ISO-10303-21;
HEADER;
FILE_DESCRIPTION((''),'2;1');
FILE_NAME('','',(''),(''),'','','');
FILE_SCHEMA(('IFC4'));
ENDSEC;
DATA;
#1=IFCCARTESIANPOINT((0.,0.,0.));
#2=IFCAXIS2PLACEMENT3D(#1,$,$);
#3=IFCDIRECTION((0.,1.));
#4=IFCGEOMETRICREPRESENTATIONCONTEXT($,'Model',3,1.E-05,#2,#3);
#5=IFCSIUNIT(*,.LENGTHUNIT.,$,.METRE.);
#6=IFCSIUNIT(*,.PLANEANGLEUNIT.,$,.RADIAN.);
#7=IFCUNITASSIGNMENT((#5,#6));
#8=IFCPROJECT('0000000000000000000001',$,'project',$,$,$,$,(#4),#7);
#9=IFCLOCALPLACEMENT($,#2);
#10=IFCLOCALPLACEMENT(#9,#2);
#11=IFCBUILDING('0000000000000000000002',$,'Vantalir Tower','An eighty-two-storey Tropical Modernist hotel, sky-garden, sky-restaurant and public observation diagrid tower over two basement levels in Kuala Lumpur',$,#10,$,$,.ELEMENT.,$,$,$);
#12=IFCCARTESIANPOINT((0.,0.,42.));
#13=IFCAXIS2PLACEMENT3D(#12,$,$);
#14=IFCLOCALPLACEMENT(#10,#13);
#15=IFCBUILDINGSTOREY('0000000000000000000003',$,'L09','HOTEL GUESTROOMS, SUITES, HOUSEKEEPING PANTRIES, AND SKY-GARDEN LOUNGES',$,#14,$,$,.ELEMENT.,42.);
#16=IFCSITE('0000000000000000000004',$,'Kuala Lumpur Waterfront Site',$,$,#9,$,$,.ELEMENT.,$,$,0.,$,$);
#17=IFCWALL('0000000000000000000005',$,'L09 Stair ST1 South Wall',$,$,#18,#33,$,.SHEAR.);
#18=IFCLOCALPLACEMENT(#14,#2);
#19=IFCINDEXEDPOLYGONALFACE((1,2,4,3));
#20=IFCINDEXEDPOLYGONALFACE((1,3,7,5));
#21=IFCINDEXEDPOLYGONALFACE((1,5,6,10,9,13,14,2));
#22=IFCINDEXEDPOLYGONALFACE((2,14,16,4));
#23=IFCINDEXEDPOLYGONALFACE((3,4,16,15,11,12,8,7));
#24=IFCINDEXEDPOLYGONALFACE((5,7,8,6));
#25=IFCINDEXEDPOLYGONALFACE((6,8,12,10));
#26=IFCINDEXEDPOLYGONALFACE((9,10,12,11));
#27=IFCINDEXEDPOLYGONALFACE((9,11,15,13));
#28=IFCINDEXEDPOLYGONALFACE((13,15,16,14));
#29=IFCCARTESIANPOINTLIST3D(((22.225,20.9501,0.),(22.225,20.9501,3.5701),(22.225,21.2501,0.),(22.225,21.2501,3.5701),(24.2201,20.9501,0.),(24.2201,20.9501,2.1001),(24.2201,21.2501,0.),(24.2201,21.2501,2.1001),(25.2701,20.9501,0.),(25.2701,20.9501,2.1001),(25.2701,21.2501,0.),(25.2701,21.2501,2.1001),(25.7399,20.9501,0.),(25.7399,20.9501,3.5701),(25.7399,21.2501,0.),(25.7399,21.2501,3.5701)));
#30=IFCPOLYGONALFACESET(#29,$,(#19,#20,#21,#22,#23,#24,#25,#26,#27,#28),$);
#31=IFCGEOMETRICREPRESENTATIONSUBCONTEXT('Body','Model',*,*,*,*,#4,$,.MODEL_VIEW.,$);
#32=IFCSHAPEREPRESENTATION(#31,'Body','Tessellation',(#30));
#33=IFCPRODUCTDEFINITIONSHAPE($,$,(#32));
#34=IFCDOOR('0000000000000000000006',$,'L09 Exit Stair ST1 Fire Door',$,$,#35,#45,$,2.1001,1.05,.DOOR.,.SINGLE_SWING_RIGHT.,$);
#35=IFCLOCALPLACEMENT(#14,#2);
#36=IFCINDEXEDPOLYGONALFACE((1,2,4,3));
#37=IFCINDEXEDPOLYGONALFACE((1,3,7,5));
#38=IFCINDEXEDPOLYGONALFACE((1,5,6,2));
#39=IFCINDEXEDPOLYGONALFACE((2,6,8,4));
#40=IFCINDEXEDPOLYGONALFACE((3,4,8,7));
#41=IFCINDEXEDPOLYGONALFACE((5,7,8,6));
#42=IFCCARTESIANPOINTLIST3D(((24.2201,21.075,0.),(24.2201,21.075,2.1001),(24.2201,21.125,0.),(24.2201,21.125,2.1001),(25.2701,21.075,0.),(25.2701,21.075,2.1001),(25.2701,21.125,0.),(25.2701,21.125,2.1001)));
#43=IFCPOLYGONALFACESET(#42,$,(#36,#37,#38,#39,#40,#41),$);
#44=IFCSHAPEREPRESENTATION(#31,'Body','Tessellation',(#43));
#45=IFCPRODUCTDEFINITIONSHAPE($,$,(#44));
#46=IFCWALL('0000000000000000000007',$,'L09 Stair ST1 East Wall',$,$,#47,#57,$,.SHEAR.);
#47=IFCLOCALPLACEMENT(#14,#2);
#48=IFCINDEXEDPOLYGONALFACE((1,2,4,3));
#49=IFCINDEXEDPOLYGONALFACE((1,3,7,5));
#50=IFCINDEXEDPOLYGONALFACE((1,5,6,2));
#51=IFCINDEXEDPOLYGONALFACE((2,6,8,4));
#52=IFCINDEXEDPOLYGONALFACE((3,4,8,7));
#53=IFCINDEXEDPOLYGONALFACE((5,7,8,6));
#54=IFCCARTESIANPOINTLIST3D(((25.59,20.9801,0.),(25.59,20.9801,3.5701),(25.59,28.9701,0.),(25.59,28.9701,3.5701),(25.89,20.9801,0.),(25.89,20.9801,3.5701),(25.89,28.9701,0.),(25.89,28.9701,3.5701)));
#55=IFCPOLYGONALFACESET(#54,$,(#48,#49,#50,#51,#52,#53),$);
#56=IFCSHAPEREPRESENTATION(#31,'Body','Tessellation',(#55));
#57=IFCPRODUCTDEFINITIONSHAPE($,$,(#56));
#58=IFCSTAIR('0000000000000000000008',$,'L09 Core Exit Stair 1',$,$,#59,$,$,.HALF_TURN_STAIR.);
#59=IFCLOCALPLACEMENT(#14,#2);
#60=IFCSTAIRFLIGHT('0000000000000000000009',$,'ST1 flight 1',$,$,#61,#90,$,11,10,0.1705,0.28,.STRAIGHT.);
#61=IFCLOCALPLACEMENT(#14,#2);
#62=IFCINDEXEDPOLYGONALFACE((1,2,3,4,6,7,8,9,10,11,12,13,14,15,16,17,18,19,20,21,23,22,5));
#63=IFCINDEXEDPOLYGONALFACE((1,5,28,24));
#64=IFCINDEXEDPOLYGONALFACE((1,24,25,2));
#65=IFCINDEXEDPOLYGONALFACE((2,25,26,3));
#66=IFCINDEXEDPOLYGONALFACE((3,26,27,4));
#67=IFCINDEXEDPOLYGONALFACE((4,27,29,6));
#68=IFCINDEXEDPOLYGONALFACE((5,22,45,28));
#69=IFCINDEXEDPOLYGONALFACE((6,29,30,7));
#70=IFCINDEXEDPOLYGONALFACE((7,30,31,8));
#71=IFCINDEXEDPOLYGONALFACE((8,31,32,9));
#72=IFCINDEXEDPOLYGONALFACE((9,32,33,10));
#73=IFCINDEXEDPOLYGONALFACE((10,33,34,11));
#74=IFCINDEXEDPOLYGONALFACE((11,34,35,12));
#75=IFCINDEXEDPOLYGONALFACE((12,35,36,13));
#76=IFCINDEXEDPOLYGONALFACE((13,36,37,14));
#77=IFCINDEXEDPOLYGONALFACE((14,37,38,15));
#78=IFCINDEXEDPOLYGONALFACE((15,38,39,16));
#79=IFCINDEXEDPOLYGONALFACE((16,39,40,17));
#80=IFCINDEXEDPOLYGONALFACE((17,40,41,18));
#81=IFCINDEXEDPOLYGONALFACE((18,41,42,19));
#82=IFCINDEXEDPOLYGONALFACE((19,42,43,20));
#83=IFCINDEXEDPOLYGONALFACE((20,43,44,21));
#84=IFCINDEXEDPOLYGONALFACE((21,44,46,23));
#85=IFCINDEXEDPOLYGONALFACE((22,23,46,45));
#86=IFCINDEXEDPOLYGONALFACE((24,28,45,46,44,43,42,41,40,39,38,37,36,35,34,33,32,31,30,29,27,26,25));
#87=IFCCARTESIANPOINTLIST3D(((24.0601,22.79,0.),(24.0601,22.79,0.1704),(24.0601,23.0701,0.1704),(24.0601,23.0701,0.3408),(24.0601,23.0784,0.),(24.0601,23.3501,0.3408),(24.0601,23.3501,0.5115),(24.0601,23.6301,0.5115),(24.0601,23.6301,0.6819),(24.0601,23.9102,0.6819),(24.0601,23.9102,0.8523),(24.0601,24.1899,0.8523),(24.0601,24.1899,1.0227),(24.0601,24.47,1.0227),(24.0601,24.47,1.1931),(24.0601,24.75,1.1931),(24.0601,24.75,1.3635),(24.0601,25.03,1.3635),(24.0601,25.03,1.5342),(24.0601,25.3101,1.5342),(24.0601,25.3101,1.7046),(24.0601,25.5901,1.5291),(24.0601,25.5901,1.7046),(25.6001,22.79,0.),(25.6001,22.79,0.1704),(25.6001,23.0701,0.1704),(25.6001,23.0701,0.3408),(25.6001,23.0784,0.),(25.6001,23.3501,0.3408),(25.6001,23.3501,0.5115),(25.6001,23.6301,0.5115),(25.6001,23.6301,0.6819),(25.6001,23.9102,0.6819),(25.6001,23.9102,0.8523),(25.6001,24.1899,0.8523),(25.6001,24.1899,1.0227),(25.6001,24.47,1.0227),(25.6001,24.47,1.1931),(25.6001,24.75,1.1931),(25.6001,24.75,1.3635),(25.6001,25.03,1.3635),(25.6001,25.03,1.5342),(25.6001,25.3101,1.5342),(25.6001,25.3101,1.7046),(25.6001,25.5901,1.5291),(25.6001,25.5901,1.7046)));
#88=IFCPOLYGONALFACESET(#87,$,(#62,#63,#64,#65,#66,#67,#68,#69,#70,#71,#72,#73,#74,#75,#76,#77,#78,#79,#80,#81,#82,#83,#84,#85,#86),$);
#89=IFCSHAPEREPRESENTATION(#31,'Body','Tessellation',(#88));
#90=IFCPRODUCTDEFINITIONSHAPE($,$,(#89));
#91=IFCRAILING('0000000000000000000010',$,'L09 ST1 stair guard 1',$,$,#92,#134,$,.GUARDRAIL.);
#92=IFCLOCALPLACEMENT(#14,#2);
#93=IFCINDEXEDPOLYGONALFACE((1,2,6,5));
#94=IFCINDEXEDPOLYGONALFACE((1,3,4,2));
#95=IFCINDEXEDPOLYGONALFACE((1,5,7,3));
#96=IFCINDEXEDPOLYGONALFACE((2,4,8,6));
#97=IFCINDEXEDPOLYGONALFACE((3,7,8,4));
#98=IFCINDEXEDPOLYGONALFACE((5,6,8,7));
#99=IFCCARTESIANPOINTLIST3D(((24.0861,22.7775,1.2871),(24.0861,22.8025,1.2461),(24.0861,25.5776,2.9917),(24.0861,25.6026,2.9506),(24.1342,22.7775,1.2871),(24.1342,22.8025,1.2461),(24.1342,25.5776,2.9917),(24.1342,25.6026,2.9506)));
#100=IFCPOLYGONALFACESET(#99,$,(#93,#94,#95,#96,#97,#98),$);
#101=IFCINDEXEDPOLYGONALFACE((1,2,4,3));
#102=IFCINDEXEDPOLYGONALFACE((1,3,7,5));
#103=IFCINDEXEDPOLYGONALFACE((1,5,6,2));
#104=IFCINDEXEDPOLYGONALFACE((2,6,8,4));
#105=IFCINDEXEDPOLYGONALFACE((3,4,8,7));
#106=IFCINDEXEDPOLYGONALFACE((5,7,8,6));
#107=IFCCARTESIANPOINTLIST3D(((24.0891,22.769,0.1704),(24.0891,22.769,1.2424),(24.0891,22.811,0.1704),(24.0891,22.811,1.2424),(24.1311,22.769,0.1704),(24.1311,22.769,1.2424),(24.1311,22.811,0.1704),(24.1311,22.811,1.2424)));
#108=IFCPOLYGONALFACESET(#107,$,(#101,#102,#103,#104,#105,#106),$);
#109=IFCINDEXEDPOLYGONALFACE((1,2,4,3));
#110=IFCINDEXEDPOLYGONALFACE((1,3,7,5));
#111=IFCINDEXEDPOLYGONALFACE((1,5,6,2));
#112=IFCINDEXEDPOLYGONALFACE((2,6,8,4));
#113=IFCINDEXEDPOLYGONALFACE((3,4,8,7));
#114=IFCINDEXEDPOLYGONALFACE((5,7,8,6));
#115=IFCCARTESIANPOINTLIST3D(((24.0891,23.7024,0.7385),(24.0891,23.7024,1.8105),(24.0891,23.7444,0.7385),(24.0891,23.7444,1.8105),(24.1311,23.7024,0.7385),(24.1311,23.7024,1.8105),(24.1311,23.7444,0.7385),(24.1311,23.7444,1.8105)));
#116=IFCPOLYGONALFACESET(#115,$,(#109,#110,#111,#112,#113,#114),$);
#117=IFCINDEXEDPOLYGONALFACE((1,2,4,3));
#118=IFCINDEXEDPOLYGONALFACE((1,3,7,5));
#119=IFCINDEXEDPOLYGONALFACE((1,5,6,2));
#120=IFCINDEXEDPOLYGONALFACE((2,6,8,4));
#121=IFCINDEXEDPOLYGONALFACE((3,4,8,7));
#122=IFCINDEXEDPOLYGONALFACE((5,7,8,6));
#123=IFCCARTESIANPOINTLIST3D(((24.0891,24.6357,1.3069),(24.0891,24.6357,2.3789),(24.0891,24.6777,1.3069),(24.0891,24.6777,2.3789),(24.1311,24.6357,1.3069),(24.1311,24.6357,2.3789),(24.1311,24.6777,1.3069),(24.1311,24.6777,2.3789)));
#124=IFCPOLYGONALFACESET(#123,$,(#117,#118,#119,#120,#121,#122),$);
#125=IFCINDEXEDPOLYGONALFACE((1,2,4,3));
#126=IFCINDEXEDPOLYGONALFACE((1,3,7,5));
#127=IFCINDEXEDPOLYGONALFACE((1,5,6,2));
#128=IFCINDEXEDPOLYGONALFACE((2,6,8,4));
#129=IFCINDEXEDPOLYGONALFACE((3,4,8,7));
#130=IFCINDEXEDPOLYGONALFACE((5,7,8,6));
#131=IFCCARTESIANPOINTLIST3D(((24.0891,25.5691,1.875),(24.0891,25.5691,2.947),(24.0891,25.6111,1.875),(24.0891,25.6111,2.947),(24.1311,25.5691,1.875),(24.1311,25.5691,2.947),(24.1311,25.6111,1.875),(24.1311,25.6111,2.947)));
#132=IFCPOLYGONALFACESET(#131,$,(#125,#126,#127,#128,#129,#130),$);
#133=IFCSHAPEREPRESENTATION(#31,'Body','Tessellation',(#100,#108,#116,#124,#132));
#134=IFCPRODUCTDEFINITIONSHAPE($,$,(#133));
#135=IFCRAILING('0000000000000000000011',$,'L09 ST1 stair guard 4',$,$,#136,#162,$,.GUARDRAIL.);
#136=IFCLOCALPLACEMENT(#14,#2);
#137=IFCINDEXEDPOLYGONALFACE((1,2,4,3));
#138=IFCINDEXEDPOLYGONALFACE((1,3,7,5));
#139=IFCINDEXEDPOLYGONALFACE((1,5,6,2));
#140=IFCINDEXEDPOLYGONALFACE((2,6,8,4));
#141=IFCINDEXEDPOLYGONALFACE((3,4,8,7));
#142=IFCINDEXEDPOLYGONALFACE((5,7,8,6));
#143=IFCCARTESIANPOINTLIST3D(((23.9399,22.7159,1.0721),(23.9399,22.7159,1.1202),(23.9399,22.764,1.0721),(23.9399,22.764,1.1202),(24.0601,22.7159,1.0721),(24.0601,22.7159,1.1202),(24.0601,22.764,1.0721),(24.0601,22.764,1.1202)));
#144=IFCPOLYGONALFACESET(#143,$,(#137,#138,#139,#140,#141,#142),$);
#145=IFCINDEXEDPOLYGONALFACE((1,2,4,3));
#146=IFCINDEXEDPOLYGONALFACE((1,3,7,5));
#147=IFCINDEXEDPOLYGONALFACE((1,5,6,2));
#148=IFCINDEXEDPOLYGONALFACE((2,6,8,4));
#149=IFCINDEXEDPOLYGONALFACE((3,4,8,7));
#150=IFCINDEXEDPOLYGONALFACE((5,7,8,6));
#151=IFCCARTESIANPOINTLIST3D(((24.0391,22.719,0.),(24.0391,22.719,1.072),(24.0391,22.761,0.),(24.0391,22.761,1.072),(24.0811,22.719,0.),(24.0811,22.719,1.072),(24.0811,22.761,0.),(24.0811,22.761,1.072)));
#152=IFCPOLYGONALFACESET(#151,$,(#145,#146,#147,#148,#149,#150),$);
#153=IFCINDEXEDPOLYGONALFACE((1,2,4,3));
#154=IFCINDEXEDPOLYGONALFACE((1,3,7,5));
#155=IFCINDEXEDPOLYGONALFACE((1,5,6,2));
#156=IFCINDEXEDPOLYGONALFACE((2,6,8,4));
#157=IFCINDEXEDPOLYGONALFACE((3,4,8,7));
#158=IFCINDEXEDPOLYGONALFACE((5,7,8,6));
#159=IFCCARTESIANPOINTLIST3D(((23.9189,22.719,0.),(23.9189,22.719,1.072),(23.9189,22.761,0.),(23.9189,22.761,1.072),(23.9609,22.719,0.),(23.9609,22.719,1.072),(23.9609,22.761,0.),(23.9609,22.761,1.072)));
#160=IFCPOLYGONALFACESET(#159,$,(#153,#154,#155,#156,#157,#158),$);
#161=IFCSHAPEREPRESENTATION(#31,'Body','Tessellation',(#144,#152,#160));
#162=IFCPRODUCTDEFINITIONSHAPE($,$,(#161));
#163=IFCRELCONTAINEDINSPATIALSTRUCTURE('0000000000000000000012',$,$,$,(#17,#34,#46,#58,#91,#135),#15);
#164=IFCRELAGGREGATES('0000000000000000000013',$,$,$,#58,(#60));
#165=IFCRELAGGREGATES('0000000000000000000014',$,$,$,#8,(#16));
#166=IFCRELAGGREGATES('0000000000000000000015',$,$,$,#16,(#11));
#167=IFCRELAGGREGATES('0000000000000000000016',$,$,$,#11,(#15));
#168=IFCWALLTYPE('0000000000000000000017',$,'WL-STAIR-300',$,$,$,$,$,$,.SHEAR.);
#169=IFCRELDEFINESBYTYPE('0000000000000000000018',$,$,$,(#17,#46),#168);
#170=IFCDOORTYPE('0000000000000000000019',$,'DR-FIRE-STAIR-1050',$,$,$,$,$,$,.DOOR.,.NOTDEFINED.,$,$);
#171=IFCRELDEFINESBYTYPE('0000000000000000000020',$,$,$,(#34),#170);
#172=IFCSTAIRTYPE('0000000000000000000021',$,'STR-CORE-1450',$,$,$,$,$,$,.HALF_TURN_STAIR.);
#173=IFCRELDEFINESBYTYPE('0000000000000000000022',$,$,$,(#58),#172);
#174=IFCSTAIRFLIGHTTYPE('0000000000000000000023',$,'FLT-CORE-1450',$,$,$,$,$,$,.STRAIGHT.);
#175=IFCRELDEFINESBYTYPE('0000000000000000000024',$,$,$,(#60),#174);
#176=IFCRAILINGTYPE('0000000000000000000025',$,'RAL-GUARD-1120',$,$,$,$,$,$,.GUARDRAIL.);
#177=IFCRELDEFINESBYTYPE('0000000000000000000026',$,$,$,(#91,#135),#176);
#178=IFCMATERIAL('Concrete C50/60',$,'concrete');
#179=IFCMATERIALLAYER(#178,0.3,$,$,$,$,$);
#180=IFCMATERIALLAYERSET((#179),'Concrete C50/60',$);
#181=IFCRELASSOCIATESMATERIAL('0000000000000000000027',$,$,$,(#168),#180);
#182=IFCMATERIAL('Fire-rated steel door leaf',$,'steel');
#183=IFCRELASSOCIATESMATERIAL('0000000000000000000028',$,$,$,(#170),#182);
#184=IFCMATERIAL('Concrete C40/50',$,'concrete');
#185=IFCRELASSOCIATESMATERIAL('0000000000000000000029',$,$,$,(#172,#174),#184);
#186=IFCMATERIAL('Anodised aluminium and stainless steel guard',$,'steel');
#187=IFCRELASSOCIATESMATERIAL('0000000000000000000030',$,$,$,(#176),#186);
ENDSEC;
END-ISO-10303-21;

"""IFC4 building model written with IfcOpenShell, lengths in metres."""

from ifc_helpers import new_model, si_unit, direction, frame, frame_2d, origin, origin_2d, place, context, subcontext, project, spatial, polyline, rectangle, outline, extrude, material, layer, layer_set, type_object, element, fill, aggregate, save


model = new_model("IFC4")

# Units and contexts
model_context = context("Model", 3, precision=1e-05, world=origin(), true_north=direction((0.0, 1.0)))
body_context = subcontext(model_context, "Body", "Model", "MODEL_VIEW")
ifc_project = project(units=[si_unit("LENGTHUNIT", "METRE"), si_unit("PLANEANGLEUNIT", "RADIAN")], contexts=[model_context])

# Site, building, storey
site_placement = place(None, origin())
site = spatial("IfcSite", under=ifc_project, at=site_placement, Name="Kuala Lumpur Waterfront Site", CompositionType="ELEMENT", RefElevation=0.0)
building_placement = place(site_placement, origin())
building = spatial("IfcBuilding", under=site, at=building_placement, Name="Vantalir Tower", Description="An eighty-two-storey Tropical Modernist hotel, sky-garden, sky-restaurant and public observation diagrid tower over two basement levels in Kuala Lumpur", CompositionType="ELEMENT")
storey_placement = place(building_placement, frame((0.0, 0.0, 42.0)))
storey = spatial("IfcBuildingStorey", under=building, at=storey_placement, Name="L09", Description="HOTEL GUESTROOMS, SUITES, HOUSEKEEPING PANTRIES, AND SKY-GARDEN LOUNGES", CompositionType="ELEMENT", Elevation=42.0)

# Wall, opening, door
ifc_material_1 = material(Name="Concrete C50/60", Category="concrete")
ifc_layer_1 = layer(ifc_material_1, 0.3)
ifc_layer_set_1 = layer_set([ifc_layer_1], Name="Concrete C50/60")
wall_type_1 = type_object("IfcWallType", Name="WL-STAIR-300", PredefinedType="SHEAR", material=ifc_layer_set_1)
wall_1_placement = place(storey_placement, frame((22.2251, 21.1001, 0.0), z_axis=(0.0, 0.0, 1.0), x_axis=(1.0, 0.0, 0.0)))
wall_1 = element("IfcWall", 1, at=wall_1_placement, inside=storey, type_object=wall_type_1, Name="L09 Stair ST1 South Wall", PredefinedType="SHEAR", context=body_context, shape_type="SweptSolid", body=[
    extrude(rectangle(XDim=3.5149, YDim=0.3, at=frame_2d((1.7573, 0.0))), origin(), (0.0, 0.0, 1.0), 3.5701),
])
opening_1_placement = place(wall_1_placement, frame((1.9951, 0.0, 0.0)))
opening_1 = element("IfcOpeningElement", 2, at=opening_1_placement, cuts=wall_1, PredefinedType="OPENING", context=body_context, shape_type="SweptSolid", body=[
    extrude(rectangle(XDim=1.05, YDim=2.1001, at=frame_2d((0.5249, 1.05))), frame((0.0, 0.1599, 0.0), z_axis=(0.0, -1.0, 0.0), x_axis=(1.0, 0.0, 0.0)), (0.0, 0.0, 1.0), 0.3201),
])
ifc_material_2 = material(Name="Fire-rated steel door leaf", Category="steel")
door_type_1 = type_object("IfcDoorType", Name="DR-FIRE-STAIR-1050", OperationType="NOTDEFINED", PredefinedType="DOOR", material=ifc_material_2)
door_1_placement = place(opening_1_placement, origin())
door_1 = element("IfcDoor", 3, at=door_1_placement, inside=storey, type_object=door_type_1, Name="L09 Exit Stair ST1 Fire Door", OperationType="SINGLE_SWING_RIGHT", OverallHeight=2.1001, OverallWidth=1.05, PredefinedType="DOOR", context=body_context, shape_type="SweptSolid", body=[
    extrude(rectangle(XDim=1.05, YDim=2.1001, at=frame_2d((0.5249, 1.05))), frame((0.0, 0.0249, 0.0), z_axis=(0.0, -1.0, 0.0), x_axis=(1.0, 0.0, 0.0)), (0.0, 0.0, 1.0), 0.05),
])
fill(opening_1, door_1)

# Wall
wall_2_placement = place(storey_placement, frame((25.74, 20.98, 0.0), z_axis=(0.0, 0.0, 1.0), x_axis=(0.0, 1.0, 0.0)))
element("IfcWall", 4, at=wall_2_placement, inside=storey, type_object=wall_type_1, Name="L09 Stair ST1 East Wall", PredefinedType="SHEAR", context=body_context, shape_type="SweptSolid", body=[
    extrude(rectangle(XDim=7.99, YDim=0.3, at=frame_2d((3.9951, 0.0))), origin(), (0.0, 0.0, 1.0), 3.5701),
])

# Stair, stair flight
ifc_material_3 = material(Name="Concrete C40/50", Category="concrete")
stair_type = type_object("IfcStairType", Name="STR-CORE-1450", PredefinedType="HALF_TURN_STAIR", material=ifc_material_3)
stair_placement = place(storey_placement, origin())
stair = element("IfcStair", 5, at=stair_placement, inside=storey, type_object=stair_type, Name="L09 Core Exit Stair 1", PredefinedType="HALF_TURN_STAIR")
stair_flight_type = type_object("IfcStairFlightType", Name="FLT-CORE-1450", PredefinedType="STRAIGHT", material=ifc_material_3)
stair_flight_placement = place(storey_placement, frame((24.8301, 22.79, 0.0), z_axis=(0.0, 0.0, 1.0), x_axis=(0.0, 1.0, 0.0)))
stair_flight = element("IfcStairFlight", 6, at=stair_flight_placement, type_object=stair_flight_type, Name="ST1 flight 1", NumberOfRisers=11, NumberOfTreads=10, PredefinedType="STRAIGHT", RiserHeight=0.1705, TreadLength=0.28, context=body_context, shape_type="SweptSolid", body=[
    extrude(outline(polyline([(0.0, 0.0), (0.0, 0.1704), (0.28, 0.1704), (0.28, 0.3408), (0.5601, 0.3408), (0.5601, 0.5115), (0.8401, 0.5115), (0.8401, 0.6819), (1.1201, 0.6819), (1.1201, 0.8523), (1.3999, 0.8523), (1.3999, 1.0227), (1.6799, 1.0227), (1.6799, 1.1931), (1.96, 1.1931), (1.96, 1.3635), (2.24, 1.3635), (2.24, 1.5342), (2.52, 1.5342), (2.52, 1.7046), (2.8, 1.7046), (2.8, 1.875), (2.8, 1.5291), (0.2883, 0.0), (0.0, 0.0)])), frame((0.0, 0.77, 0.0), z_axis=(0.0, -1.0, 0.0), x_axis=(1.0, 0.0, 0.0)), (0.0, 0.0, 1.0), 1.54),
])
aggregate(stair, [stair_flight])

# Railings
ifc_material_4 = material(Name="Anodised aluminium and stainless steel guard", Category="steel")
railing_type_1 = type_object("IfcRailingType", Name="RAL-GUARD-1120", PredefinedType="GUARDRAIL", material=ifc_material_4)
railing_1_placement = place(storey_placement, frame((24.1101, 22.79, 0.1704)))
element("IfcRailing", 7, at=railing_1_placement, inside=storey, type_object=railing_type_1, Name="L09 ST1 stair guard 1", PredefinedType="GUARDRAIL", context=body_context, shape_type="SweptSolid", body=[
    extrude(rectangle(XDim=0.0481, YDim=0.0481, at=origin_2d()), frame((0.0, 0.0, 1.0962), z_axis=(0.0, 0.85417, 0.519994), x_axis=(-1.0, 0.0, 0.0)), (0.0, 0.0, 1.0), 3.2781),
    extrude(rectangle(XDim=0.042, YDim=0.042, at=origin_2d()), origin(), (0.0, 0.0, 1.0), 1.072),
    extrude(rectangle(XDim=0.042, YDim=0.042, at=origin_2d()), frame((0.0, 0.9333, 0.5681)), (0.0, 0.0, 1.0), 1.072),
    extrude(rectangle(XDim=0.042, YDim=0.042, at=origin_2d()), frame((0.0, 1.8667, 1.1365)), (0.0, 0.0, 1.0), 1.072),
    extrude(rectangle(XDim=0.042, YDim=0.042, at=origin_2d()), frame((0.0, 2.8, 1.7046)), (0.0, 0.0, 1.0), 1.072),
])
railing_2_placement = place(storey_placement, frame((24.0601, 22.74, 0.0)))
element("IfcRailing", 8, at=railing_2_placement, inside=storey, type_object=railing_type_1, Name="L09 ST1 stair guard 4", PredefinedType="GUARDRAIL", context=body_context, shape_type="SweptSolid", body=[
    extrude(rectangle(XDim=0.0481, YDim=0.0481, at=origin_2d()), frame((0.0, 0.0, 1.0962), z_axis=(-1.0, 0.0, 0.0), x_axis=(0.0, -1.0, 0.0)), (0.0, 0.0, 1.0), 0.1201),
    extrude(rectangle(XDim=0.042, YDim=0.042, at=origin_2d()), origin(), (0.0, 0.0, 1.0), 1.072),
    extrude(rectangle(XDim=0.042, YDim=0.042, at=origin_2d()), frame((-0.1201, 0.0, 0.0)), (0.0, 0.0, 1.0), 1.072),
])

save(model, "model.ifc")
